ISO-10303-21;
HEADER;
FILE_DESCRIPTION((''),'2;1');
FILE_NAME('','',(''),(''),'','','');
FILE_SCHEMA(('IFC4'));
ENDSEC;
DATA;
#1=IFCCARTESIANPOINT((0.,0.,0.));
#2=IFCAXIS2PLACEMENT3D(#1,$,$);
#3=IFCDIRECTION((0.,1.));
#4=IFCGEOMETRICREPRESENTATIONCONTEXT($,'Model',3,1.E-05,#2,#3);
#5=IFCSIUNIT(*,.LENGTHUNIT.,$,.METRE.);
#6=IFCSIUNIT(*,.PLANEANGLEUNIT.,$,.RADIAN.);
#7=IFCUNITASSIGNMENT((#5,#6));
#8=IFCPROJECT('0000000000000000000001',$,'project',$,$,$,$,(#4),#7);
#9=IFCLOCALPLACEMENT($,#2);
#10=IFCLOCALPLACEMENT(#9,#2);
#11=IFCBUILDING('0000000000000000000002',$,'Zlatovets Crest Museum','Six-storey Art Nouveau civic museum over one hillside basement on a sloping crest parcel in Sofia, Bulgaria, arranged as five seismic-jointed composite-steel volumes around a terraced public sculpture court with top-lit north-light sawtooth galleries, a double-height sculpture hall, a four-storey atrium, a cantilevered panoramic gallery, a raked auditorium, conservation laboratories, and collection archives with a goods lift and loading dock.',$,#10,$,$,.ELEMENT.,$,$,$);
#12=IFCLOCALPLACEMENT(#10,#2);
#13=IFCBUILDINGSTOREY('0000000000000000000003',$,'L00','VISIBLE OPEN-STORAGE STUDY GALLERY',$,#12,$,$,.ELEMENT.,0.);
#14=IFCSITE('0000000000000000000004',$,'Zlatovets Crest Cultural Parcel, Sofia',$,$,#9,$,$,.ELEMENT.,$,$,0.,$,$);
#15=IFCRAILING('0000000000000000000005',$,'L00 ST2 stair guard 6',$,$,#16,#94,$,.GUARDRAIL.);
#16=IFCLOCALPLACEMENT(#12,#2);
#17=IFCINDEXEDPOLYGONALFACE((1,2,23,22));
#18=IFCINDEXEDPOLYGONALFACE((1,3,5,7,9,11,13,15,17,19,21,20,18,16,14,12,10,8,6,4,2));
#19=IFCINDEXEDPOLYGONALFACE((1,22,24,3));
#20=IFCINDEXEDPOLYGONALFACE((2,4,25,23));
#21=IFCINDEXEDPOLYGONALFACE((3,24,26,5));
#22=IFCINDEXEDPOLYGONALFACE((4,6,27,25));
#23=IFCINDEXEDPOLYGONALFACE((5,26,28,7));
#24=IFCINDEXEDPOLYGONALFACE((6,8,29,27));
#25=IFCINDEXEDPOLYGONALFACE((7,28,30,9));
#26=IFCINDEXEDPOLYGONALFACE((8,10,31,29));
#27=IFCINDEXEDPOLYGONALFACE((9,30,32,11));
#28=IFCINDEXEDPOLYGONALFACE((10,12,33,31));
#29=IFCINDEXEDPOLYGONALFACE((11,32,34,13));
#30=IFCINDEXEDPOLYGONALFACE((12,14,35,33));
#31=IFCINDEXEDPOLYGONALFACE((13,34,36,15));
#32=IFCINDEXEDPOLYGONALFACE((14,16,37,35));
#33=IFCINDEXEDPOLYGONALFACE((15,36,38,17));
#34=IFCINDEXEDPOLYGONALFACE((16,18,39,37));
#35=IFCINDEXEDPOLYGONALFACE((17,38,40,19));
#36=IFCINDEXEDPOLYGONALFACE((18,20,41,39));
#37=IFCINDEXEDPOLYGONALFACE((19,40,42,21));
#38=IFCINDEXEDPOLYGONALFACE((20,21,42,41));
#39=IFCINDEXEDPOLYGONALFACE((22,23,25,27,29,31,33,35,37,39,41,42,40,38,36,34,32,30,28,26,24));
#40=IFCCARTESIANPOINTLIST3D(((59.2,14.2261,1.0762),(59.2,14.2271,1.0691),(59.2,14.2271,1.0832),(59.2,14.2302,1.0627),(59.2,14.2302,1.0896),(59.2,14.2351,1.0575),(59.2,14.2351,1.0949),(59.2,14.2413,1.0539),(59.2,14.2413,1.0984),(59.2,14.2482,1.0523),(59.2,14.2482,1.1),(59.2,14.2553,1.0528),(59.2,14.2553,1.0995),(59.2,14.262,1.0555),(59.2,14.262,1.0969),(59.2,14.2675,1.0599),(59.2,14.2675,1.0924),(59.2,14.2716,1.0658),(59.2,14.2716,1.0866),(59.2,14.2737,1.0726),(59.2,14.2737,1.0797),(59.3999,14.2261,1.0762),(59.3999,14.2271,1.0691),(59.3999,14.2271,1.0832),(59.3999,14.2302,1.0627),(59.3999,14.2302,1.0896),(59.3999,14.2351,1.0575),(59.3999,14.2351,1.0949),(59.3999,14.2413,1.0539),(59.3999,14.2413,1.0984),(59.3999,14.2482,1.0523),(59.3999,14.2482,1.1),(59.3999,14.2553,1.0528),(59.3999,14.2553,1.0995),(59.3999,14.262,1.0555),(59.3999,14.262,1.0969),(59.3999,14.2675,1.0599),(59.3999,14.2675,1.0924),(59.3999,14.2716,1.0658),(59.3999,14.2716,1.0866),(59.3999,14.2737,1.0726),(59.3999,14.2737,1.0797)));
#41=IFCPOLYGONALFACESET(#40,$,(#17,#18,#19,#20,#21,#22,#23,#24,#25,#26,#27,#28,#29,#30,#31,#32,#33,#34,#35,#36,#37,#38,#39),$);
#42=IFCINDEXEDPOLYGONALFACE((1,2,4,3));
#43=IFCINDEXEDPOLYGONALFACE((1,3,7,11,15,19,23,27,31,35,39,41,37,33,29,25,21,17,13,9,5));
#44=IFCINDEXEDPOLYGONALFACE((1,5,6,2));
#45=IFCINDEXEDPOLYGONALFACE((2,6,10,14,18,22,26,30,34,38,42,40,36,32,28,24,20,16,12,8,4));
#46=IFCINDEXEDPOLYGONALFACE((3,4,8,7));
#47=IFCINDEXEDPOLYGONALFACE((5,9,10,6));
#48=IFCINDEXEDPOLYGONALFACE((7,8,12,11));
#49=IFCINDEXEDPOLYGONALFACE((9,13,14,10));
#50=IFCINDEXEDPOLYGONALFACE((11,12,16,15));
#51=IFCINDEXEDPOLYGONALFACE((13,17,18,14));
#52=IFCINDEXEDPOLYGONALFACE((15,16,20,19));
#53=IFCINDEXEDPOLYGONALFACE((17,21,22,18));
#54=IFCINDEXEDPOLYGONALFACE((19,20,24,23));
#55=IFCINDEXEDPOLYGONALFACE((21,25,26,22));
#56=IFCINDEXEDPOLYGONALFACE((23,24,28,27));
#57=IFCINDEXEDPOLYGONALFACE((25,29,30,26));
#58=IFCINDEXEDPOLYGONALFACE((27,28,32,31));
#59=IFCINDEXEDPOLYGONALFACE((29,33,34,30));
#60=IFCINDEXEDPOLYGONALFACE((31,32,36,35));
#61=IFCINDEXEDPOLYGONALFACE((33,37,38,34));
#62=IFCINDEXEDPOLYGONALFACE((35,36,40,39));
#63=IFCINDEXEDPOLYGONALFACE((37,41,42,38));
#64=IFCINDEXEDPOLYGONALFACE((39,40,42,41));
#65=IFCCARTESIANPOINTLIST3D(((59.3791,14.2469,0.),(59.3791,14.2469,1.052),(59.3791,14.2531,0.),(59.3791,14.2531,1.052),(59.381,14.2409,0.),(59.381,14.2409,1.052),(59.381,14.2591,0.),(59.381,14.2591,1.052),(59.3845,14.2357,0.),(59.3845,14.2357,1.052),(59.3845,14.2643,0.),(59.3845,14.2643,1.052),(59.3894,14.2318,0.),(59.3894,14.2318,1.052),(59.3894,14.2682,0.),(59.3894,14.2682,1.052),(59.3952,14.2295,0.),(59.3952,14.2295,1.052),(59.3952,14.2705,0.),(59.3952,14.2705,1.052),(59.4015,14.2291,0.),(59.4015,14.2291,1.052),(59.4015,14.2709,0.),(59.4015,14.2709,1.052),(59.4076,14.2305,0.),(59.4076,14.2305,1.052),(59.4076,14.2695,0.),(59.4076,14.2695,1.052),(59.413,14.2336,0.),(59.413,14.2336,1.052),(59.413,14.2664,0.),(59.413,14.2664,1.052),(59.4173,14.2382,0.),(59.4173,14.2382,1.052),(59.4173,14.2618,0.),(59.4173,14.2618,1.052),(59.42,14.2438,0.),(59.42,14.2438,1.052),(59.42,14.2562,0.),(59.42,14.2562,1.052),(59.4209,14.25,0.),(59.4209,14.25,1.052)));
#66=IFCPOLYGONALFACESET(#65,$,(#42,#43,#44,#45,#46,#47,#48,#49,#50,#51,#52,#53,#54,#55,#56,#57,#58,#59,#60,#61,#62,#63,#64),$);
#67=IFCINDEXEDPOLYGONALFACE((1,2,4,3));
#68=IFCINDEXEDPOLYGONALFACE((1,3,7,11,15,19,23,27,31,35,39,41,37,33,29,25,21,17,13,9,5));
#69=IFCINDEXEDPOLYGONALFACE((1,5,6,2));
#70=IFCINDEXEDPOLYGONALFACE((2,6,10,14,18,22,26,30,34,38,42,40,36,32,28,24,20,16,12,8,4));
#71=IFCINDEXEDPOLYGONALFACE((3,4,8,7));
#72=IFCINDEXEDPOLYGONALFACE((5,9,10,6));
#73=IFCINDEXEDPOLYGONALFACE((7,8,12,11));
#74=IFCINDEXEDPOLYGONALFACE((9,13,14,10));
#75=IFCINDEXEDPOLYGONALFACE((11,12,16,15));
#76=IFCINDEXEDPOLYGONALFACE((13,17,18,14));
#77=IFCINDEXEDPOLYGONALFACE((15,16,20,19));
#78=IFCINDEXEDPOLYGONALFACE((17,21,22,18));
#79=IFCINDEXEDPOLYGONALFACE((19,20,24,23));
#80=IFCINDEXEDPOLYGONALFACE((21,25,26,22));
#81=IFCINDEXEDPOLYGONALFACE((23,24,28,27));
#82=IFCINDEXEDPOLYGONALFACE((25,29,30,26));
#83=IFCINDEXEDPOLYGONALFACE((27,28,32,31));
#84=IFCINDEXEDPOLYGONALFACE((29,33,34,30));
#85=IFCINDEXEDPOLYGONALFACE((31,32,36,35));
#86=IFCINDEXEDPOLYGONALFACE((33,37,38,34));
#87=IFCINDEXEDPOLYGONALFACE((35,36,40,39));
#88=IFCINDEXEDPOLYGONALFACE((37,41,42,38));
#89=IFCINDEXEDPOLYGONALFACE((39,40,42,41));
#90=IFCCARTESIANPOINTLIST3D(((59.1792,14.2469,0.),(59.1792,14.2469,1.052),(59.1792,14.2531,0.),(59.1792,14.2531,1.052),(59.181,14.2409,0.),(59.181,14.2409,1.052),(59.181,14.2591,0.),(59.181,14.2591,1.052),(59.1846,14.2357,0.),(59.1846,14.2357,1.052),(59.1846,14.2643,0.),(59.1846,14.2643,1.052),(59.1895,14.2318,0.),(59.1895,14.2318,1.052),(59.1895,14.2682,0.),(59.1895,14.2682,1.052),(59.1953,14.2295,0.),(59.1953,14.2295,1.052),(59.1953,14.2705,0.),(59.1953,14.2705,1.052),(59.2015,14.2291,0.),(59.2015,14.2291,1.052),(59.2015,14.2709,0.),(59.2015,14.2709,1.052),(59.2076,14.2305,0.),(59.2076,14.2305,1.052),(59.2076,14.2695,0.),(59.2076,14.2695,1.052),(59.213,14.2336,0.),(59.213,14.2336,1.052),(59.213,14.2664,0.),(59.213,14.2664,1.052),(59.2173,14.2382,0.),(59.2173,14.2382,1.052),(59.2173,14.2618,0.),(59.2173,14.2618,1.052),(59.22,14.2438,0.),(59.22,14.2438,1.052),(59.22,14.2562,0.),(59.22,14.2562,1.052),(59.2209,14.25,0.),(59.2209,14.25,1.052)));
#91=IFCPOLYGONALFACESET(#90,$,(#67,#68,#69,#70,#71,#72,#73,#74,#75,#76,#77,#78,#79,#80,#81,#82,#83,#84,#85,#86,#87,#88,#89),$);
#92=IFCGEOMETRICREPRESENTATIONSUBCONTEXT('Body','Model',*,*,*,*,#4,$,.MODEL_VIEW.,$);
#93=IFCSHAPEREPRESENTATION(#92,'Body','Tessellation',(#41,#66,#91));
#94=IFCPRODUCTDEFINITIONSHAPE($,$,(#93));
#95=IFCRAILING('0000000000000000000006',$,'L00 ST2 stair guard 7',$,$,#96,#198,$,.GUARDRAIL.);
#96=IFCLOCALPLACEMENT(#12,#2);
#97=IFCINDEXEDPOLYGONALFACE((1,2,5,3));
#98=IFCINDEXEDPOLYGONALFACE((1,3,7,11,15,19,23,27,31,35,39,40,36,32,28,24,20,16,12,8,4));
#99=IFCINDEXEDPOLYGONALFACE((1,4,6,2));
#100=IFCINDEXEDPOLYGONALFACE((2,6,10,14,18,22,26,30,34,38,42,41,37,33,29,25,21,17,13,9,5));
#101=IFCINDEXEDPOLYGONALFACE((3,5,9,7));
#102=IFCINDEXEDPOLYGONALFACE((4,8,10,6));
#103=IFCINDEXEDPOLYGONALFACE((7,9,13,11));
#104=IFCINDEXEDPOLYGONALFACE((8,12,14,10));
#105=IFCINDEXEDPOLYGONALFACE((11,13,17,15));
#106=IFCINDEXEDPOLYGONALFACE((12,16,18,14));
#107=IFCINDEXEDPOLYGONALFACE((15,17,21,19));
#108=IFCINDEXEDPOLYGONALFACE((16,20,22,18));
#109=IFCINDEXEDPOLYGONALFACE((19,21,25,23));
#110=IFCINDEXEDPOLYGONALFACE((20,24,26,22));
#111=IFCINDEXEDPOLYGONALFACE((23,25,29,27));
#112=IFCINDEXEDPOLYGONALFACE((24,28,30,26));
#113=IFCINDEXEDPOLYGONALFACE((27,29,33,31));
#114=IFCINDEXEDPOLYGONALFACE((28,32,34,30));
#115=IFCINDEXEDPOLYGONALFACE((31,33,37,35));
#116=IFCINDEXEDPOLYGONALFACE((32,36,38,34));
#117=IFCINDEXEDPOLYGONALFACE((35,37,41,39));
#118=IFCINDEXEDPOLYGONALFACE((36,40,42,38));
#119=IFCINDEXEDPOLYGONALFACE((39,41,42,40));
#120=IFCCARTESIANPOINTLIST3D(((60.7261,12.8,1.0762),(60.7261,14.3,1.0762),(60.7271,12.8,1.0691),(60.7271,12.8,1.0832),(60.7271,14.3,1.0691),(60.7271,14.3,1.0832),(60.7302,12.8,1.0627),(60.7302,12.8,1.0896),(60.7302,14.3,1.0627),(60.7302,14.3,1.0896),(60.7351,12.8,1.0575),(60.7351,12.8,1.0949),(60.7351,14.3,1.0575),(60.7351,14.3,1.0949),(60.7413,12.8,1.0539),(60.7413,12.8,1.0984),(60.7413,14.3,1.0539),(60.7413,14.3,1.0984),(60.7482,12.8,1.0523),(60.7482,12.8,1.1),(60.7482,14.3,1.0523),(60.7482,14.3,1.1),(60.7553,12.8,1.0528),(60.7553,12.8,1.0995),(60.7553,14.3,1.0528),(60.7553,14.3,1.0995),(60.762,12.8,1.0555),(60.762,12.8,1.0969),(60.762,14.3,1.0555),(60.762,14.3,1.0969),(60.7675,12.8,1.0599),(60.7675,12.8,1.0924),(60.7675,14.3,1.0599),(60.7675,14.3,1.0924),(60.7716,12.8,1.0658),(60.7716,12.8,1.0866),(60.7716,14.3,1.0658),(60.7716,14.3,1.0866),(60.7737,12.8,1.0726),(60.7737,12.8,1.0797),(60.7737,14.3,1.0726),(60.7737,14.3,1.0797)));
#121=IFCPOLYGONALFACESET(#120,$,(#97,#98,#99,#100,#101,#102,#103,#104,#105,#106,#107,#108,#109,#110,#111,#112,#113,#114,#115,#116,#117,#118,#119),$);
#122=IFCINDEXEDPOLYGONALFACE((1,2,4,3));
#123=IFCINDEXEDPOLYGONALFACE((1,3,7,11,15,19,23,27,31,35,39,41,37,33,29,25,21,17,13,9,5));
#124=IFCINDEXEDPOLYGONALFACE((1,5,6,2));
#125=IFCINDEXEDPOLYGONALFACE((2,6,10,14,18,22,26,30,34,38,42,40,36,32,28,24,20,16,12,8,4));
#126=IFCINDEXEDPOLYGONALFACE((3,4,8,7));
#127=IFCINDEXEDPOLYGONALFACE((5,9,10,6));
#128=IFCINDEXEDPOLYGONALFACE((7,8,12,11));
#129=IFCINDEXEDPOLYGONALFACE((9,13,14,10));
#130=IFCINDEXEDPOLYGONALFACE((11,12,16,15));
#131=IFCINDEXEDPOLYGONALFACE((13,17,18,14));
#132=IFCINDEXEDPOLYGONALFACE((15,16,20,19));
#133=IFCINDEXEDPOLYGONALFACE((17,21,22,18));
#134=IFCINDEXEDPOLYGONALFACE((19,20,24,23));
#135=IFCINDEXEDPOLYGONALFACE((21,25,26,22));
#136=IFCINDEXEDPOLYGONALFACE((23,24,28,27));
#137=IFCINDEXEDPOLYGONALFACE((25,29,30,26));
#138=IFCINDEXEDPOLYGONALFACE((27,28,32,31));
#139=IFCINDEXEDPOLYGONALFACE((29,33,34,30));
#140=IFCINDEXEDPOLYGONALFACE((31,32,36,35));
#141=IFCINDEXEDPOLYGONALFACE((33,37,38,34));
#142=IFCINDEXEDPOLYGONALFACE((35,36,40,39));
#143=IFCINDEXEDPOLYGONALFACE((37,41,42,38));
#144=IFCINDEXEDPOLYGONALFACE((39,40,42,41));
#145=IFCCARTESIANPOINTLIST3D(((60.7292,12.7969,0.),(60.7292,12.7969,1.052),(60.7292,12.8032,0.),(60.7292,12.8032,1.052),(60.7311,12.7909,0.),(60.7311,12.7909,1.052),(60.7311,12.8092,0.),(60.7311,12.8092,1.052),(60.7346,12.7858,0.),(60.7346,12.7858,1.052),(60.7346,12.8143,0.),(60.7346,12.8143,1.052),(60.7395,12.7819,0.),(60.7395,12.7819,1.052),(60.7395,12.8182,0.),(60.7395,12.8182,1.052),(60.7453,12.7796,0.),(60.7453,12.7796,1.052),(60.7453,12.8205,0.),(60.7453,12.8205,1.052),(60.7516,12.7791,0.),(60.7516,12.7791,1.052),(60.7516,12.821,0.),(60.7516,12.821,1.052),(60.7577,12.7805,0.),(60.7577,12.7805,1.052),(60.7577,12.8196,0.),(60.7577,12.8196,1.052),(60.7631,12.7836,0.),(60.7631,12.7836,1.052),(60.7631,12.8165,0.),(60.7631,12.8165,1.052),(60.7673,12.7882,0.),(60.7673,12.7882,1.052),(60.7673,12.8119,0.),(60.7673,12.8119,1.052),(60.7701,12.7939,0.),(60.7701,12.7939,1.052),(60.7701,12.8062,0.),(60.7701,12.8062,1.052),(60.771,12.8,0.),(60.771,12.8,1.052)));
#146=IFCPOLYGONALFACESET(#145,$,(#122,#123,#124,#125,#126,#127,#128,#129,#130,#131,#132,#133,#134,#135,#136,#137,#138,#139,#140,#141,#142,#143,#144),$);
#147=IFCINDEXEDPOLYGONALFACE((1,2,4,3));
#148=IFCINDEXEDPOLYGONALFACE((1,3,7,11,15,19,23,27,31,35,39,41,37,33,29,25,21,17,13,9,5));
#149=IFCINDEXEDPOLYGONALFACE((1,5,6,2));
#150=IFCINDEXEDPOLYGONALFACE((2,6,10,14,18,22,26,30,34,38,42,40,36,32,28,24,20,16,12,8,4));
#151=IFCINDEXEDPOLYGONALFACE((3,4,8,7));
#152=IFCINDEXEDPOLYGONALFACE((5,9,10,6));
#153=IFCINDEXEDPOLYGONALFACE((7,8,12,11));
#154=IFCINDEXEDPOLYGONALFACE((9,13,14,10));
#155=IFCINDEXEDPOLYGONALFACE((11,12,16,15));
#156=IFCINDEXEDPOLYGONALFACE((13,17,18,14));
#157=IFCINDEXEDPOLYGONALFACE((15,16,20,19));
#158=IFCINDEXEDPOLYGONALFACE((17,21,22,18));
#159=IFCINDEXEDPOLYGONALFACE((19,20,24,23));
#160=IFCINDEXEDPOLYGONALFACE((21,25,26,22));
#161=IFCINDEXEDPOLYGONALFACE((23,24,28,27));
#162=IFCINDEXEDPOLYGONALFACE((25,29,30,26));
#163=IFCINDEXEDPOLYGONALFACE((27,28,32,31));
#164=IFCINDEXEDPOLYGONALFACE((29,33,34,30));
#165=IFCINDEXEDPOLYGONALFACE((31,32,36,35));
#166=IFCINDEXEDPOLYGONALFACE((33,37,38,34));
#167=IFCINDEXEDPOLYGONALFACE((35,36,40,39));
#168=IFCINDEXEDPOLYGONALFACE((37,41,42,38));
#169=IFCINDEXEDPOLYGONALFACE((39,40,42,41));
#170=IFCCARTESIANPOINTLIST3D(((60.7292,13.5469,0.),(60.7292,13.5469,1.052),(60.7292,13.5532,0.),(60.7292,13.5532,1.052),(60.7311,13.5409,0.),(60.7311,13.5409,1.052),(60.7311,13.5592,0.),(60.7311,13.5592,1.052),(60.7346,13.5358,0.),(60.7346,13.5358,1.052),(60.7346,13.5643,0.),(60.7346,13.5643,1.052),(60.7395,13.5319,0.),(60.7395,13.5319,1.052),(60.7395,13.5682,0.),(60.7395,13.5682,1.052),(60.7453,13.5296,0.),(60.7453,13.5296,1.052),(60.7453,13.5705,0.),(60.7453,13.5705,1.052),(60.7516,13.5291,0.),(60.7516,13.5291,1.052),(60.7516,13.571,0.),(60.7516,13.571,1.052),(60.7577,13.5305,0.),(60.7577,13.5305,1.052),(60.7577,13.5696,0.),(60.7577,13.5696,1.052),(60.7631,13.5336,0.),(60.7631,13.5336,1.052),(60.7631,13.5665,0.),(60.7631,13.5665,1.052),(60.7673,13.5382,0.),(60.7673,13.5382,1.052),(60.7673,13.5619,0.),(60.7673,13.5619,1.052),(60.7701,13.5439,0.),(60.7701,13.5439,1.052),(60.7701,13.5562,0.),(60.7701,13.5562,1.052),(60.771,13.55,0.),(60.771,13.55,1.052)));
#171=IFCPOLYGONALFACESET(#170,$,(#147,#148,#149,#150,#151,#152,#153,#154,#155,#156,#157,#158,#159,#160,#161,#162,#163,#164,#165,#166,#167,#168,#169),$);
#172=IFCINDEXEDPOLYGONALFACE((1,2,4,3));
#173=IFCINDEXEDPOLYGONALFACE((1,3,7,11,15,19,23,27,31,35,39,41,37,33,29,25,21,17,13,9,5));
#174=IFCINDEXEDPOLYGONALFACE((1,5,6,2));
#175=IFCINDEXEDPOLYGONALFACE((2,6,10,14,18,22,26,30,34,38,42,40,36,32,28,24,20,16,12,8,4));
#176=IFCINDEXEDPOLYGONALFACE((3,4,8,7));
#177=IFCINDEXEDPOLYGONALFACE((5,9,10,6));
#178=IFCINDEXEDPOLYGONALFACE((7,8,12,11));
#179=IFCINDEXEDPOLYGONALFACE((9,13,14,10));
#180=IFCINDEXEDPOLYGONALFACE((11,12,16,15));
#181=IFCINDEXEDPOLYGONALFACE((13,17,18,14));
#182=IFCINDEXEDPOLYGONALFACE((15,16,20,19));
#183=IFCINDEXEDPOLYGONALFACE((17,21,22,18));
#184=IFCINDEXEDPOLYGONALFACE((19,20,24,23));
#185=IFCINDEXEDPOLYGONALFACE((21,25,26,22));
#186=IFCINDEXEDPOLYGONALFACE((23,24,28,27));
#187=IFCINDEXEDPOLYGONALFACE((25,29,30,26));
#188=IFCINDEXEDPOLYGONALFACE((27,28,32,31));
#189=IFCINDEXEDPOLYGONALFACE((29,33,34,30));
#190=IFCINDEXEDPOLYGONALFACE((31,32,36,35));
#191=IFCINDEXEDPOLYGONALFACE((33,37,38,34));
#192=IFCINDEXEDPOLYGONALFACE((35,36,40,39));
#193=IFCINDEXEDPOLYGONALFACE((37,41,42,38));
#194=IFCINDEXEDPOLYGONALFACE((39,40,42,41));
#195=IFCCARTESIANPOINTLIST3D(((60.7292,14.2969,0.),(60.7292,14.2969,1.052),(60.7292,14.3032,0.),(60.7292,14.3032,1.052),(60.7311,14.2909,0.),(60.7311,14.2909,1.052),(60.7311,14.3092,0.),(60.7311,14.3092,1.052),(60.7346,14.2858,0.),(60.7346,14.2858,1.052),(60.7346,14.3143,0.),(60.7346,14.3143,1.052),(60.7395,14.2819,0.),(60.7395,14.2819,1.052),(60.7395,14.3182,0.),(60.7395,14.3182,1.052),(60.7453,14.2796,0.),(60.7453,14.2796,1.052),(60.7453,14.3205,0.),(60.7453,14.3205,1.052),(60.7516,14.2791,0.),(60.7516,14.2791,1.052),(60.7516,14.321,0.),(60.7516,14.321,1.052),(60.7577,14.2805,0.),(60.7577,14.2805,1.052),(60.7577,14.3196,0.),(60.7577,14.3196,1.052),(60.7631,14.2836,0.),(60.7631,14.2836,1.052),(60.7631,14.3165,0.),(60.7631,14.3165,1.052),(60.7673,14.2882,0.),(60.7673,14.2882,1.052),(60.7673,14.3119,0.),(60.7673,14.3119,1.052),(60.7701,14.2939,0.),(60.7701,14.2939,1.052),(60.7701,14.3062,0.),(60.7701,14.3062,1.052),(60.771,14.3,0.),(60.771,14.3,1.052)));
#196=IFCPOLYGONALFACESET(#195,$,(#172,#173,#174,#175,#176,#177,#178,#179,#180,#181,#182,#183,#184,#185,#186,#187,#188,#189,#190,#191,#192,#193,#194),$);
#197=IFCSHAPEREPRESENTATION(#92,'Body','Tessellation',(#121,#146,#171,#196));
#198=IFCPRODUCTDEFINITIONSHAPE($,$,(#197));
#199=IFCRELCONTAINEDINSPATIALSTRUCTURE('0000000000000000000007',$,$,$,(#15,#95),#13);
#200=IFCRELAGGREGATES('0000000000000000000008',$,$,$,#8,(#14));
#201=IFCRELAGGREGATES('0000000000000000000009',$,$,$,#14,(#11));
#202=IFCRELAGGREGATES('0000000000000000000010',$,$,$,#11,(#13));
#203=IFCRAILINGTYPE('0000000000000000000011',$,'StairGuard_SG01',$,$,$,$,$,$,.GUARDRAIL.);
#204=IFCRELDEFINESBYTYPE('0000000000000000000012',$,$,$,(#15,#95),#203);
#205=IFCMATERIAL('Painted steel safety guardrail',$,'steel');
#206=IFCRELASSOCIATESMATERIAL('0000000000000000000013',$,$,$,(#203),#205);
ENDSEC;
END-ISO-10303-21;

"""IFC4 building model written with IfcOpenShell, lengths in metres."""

from ifc_helpers import new_model, si_unit, direction, frame, origin, origin_2d, place, context, subcontext, project, spatial, circle, extrude, material, type_object, element, save


model = new_model("IFC4")

# Units and contexts
model_context = context("Model", 3, precision=1e-05, world=origin(), true_north=direction((0.0, 1.0)))
body_context = subcontext(model_context, "Body", "Model", "MODEL_VIEW")
ifc_project = project(units=[si_unit("LENGTHUNIT", "METRE"), si_unit("PLANEANGLEUNIT", "RADIAN")], contexts=[model_context])

# Site, building, storey
site_placement = place(None, origin())
site = spatial("IfcSite", under=ifc_project, at=site_placement, Name="Zlatovets Crest Cultural Parcel, Sofia", CompositionType="ELEMENT", RefElevation=0.0)
building_placement = place(site_placement, origin())
building = spatial("IfcBuilding", under=site, at=building_placement, Name="Zlatovets Crest Museum", Description="Six-storey Art Nouveau civic museum over one hillside basement on a sloping crest parcel in Sofia, Bulgaria, arranged as five seismic-jointed composite-steel volumes around a terraced public sculpture court with top-lit north-light sawtooth galleries, a double-height sculpture hall, a four-storey atrium, a cantilevered panoramic gallery, a raked auditorium, conservation laboratories, and collection archives with a goods lift and loading dock.", CompositionType="ELEMENT")
storey_placement = place(building_placement, origin())
storey = spatial("IfcBuildingStorey", under=building, at=storey_placement, Name="L00", Description="VISIBLE OPEN-STORAGE STUDY GALLERY", CompositionType="ELEMENT", Elevation=0.0)

# Railings
ifc_material_1 = material(Name="Painted steel safety guardrail", Category="steel")
railing_type = type_object("IfcRailingType", Name="StairGuard_SG01", PredefinedType="GUARDRAIL", material=ifc_material_1)
railing_1_placement = place(storey_placement, frame((59.3999, 14.25, 0.0)))
element("IfcRailing", 1, at=railing_1_placement, inside=storey, type_object=railing_type, Name="L00 ST2 stair guard 6", PredefinedType="GUARDRAIL", context=body_context, shape_type="SweptSolid", body=[
    extrude(circle(Radius=0.0239, at=origin_2d()), frame((0.0, 0.0, 1.0762), z_axis=(-1.0, 0.0, 0.0), x_axis=(0.0, -1.0, 0.0)), (0.0, 0.0, 1.0), 0.2),
    extrude(circle(Radius=0.021, at=origin_2d()), origin(), (0.0, 0.0, 1.0), 1.052),
    extrude(circle(Radius=0.021, at=origin_2d()), frame((-0.2, 0.0, 0.0)), (0.0, 0.0, 1.0), 1.052),
])
for number, where, name in (
    (2, (60.75, 12.8, 0.0), "L00 ST2 stair guard 7"),
):
    element("IfcRailing", number, at=place(storey_placement, frame(where)), inside=storey, type_object=railing_type, Name=name, PredefinedType="GUARDRAIL", context=body_context, shape_type="SweptSolid", body=[
        extrude(circle(Radius=0.0239, at=origin_2d()), frame((0.0, 0.0, 1.0762), z_axis=(0.0, 1.0, 0.0), x_axis=(-1.0, 0.0, 0.0)), (0.0, 0.0, 1.0), 1.5),
        extrude(circle(Radius=0.021, at=origin_2d()), origin(), (0.0, 0.0, 1.0), 1.052),
        extrude(circle(Radius=0.021, at=origin_2d()), frame((0.0, 0.75, 0.0)), (0.0, 0.0, 1.0), 1.052),
        extrude(circle(Radius=0.021, at=origin_2d()), frame((0.0, 1.5, 0.0)), (0.0, 0.0, 1.0), 1.052),
    ])

save(model, "model.ifc")
